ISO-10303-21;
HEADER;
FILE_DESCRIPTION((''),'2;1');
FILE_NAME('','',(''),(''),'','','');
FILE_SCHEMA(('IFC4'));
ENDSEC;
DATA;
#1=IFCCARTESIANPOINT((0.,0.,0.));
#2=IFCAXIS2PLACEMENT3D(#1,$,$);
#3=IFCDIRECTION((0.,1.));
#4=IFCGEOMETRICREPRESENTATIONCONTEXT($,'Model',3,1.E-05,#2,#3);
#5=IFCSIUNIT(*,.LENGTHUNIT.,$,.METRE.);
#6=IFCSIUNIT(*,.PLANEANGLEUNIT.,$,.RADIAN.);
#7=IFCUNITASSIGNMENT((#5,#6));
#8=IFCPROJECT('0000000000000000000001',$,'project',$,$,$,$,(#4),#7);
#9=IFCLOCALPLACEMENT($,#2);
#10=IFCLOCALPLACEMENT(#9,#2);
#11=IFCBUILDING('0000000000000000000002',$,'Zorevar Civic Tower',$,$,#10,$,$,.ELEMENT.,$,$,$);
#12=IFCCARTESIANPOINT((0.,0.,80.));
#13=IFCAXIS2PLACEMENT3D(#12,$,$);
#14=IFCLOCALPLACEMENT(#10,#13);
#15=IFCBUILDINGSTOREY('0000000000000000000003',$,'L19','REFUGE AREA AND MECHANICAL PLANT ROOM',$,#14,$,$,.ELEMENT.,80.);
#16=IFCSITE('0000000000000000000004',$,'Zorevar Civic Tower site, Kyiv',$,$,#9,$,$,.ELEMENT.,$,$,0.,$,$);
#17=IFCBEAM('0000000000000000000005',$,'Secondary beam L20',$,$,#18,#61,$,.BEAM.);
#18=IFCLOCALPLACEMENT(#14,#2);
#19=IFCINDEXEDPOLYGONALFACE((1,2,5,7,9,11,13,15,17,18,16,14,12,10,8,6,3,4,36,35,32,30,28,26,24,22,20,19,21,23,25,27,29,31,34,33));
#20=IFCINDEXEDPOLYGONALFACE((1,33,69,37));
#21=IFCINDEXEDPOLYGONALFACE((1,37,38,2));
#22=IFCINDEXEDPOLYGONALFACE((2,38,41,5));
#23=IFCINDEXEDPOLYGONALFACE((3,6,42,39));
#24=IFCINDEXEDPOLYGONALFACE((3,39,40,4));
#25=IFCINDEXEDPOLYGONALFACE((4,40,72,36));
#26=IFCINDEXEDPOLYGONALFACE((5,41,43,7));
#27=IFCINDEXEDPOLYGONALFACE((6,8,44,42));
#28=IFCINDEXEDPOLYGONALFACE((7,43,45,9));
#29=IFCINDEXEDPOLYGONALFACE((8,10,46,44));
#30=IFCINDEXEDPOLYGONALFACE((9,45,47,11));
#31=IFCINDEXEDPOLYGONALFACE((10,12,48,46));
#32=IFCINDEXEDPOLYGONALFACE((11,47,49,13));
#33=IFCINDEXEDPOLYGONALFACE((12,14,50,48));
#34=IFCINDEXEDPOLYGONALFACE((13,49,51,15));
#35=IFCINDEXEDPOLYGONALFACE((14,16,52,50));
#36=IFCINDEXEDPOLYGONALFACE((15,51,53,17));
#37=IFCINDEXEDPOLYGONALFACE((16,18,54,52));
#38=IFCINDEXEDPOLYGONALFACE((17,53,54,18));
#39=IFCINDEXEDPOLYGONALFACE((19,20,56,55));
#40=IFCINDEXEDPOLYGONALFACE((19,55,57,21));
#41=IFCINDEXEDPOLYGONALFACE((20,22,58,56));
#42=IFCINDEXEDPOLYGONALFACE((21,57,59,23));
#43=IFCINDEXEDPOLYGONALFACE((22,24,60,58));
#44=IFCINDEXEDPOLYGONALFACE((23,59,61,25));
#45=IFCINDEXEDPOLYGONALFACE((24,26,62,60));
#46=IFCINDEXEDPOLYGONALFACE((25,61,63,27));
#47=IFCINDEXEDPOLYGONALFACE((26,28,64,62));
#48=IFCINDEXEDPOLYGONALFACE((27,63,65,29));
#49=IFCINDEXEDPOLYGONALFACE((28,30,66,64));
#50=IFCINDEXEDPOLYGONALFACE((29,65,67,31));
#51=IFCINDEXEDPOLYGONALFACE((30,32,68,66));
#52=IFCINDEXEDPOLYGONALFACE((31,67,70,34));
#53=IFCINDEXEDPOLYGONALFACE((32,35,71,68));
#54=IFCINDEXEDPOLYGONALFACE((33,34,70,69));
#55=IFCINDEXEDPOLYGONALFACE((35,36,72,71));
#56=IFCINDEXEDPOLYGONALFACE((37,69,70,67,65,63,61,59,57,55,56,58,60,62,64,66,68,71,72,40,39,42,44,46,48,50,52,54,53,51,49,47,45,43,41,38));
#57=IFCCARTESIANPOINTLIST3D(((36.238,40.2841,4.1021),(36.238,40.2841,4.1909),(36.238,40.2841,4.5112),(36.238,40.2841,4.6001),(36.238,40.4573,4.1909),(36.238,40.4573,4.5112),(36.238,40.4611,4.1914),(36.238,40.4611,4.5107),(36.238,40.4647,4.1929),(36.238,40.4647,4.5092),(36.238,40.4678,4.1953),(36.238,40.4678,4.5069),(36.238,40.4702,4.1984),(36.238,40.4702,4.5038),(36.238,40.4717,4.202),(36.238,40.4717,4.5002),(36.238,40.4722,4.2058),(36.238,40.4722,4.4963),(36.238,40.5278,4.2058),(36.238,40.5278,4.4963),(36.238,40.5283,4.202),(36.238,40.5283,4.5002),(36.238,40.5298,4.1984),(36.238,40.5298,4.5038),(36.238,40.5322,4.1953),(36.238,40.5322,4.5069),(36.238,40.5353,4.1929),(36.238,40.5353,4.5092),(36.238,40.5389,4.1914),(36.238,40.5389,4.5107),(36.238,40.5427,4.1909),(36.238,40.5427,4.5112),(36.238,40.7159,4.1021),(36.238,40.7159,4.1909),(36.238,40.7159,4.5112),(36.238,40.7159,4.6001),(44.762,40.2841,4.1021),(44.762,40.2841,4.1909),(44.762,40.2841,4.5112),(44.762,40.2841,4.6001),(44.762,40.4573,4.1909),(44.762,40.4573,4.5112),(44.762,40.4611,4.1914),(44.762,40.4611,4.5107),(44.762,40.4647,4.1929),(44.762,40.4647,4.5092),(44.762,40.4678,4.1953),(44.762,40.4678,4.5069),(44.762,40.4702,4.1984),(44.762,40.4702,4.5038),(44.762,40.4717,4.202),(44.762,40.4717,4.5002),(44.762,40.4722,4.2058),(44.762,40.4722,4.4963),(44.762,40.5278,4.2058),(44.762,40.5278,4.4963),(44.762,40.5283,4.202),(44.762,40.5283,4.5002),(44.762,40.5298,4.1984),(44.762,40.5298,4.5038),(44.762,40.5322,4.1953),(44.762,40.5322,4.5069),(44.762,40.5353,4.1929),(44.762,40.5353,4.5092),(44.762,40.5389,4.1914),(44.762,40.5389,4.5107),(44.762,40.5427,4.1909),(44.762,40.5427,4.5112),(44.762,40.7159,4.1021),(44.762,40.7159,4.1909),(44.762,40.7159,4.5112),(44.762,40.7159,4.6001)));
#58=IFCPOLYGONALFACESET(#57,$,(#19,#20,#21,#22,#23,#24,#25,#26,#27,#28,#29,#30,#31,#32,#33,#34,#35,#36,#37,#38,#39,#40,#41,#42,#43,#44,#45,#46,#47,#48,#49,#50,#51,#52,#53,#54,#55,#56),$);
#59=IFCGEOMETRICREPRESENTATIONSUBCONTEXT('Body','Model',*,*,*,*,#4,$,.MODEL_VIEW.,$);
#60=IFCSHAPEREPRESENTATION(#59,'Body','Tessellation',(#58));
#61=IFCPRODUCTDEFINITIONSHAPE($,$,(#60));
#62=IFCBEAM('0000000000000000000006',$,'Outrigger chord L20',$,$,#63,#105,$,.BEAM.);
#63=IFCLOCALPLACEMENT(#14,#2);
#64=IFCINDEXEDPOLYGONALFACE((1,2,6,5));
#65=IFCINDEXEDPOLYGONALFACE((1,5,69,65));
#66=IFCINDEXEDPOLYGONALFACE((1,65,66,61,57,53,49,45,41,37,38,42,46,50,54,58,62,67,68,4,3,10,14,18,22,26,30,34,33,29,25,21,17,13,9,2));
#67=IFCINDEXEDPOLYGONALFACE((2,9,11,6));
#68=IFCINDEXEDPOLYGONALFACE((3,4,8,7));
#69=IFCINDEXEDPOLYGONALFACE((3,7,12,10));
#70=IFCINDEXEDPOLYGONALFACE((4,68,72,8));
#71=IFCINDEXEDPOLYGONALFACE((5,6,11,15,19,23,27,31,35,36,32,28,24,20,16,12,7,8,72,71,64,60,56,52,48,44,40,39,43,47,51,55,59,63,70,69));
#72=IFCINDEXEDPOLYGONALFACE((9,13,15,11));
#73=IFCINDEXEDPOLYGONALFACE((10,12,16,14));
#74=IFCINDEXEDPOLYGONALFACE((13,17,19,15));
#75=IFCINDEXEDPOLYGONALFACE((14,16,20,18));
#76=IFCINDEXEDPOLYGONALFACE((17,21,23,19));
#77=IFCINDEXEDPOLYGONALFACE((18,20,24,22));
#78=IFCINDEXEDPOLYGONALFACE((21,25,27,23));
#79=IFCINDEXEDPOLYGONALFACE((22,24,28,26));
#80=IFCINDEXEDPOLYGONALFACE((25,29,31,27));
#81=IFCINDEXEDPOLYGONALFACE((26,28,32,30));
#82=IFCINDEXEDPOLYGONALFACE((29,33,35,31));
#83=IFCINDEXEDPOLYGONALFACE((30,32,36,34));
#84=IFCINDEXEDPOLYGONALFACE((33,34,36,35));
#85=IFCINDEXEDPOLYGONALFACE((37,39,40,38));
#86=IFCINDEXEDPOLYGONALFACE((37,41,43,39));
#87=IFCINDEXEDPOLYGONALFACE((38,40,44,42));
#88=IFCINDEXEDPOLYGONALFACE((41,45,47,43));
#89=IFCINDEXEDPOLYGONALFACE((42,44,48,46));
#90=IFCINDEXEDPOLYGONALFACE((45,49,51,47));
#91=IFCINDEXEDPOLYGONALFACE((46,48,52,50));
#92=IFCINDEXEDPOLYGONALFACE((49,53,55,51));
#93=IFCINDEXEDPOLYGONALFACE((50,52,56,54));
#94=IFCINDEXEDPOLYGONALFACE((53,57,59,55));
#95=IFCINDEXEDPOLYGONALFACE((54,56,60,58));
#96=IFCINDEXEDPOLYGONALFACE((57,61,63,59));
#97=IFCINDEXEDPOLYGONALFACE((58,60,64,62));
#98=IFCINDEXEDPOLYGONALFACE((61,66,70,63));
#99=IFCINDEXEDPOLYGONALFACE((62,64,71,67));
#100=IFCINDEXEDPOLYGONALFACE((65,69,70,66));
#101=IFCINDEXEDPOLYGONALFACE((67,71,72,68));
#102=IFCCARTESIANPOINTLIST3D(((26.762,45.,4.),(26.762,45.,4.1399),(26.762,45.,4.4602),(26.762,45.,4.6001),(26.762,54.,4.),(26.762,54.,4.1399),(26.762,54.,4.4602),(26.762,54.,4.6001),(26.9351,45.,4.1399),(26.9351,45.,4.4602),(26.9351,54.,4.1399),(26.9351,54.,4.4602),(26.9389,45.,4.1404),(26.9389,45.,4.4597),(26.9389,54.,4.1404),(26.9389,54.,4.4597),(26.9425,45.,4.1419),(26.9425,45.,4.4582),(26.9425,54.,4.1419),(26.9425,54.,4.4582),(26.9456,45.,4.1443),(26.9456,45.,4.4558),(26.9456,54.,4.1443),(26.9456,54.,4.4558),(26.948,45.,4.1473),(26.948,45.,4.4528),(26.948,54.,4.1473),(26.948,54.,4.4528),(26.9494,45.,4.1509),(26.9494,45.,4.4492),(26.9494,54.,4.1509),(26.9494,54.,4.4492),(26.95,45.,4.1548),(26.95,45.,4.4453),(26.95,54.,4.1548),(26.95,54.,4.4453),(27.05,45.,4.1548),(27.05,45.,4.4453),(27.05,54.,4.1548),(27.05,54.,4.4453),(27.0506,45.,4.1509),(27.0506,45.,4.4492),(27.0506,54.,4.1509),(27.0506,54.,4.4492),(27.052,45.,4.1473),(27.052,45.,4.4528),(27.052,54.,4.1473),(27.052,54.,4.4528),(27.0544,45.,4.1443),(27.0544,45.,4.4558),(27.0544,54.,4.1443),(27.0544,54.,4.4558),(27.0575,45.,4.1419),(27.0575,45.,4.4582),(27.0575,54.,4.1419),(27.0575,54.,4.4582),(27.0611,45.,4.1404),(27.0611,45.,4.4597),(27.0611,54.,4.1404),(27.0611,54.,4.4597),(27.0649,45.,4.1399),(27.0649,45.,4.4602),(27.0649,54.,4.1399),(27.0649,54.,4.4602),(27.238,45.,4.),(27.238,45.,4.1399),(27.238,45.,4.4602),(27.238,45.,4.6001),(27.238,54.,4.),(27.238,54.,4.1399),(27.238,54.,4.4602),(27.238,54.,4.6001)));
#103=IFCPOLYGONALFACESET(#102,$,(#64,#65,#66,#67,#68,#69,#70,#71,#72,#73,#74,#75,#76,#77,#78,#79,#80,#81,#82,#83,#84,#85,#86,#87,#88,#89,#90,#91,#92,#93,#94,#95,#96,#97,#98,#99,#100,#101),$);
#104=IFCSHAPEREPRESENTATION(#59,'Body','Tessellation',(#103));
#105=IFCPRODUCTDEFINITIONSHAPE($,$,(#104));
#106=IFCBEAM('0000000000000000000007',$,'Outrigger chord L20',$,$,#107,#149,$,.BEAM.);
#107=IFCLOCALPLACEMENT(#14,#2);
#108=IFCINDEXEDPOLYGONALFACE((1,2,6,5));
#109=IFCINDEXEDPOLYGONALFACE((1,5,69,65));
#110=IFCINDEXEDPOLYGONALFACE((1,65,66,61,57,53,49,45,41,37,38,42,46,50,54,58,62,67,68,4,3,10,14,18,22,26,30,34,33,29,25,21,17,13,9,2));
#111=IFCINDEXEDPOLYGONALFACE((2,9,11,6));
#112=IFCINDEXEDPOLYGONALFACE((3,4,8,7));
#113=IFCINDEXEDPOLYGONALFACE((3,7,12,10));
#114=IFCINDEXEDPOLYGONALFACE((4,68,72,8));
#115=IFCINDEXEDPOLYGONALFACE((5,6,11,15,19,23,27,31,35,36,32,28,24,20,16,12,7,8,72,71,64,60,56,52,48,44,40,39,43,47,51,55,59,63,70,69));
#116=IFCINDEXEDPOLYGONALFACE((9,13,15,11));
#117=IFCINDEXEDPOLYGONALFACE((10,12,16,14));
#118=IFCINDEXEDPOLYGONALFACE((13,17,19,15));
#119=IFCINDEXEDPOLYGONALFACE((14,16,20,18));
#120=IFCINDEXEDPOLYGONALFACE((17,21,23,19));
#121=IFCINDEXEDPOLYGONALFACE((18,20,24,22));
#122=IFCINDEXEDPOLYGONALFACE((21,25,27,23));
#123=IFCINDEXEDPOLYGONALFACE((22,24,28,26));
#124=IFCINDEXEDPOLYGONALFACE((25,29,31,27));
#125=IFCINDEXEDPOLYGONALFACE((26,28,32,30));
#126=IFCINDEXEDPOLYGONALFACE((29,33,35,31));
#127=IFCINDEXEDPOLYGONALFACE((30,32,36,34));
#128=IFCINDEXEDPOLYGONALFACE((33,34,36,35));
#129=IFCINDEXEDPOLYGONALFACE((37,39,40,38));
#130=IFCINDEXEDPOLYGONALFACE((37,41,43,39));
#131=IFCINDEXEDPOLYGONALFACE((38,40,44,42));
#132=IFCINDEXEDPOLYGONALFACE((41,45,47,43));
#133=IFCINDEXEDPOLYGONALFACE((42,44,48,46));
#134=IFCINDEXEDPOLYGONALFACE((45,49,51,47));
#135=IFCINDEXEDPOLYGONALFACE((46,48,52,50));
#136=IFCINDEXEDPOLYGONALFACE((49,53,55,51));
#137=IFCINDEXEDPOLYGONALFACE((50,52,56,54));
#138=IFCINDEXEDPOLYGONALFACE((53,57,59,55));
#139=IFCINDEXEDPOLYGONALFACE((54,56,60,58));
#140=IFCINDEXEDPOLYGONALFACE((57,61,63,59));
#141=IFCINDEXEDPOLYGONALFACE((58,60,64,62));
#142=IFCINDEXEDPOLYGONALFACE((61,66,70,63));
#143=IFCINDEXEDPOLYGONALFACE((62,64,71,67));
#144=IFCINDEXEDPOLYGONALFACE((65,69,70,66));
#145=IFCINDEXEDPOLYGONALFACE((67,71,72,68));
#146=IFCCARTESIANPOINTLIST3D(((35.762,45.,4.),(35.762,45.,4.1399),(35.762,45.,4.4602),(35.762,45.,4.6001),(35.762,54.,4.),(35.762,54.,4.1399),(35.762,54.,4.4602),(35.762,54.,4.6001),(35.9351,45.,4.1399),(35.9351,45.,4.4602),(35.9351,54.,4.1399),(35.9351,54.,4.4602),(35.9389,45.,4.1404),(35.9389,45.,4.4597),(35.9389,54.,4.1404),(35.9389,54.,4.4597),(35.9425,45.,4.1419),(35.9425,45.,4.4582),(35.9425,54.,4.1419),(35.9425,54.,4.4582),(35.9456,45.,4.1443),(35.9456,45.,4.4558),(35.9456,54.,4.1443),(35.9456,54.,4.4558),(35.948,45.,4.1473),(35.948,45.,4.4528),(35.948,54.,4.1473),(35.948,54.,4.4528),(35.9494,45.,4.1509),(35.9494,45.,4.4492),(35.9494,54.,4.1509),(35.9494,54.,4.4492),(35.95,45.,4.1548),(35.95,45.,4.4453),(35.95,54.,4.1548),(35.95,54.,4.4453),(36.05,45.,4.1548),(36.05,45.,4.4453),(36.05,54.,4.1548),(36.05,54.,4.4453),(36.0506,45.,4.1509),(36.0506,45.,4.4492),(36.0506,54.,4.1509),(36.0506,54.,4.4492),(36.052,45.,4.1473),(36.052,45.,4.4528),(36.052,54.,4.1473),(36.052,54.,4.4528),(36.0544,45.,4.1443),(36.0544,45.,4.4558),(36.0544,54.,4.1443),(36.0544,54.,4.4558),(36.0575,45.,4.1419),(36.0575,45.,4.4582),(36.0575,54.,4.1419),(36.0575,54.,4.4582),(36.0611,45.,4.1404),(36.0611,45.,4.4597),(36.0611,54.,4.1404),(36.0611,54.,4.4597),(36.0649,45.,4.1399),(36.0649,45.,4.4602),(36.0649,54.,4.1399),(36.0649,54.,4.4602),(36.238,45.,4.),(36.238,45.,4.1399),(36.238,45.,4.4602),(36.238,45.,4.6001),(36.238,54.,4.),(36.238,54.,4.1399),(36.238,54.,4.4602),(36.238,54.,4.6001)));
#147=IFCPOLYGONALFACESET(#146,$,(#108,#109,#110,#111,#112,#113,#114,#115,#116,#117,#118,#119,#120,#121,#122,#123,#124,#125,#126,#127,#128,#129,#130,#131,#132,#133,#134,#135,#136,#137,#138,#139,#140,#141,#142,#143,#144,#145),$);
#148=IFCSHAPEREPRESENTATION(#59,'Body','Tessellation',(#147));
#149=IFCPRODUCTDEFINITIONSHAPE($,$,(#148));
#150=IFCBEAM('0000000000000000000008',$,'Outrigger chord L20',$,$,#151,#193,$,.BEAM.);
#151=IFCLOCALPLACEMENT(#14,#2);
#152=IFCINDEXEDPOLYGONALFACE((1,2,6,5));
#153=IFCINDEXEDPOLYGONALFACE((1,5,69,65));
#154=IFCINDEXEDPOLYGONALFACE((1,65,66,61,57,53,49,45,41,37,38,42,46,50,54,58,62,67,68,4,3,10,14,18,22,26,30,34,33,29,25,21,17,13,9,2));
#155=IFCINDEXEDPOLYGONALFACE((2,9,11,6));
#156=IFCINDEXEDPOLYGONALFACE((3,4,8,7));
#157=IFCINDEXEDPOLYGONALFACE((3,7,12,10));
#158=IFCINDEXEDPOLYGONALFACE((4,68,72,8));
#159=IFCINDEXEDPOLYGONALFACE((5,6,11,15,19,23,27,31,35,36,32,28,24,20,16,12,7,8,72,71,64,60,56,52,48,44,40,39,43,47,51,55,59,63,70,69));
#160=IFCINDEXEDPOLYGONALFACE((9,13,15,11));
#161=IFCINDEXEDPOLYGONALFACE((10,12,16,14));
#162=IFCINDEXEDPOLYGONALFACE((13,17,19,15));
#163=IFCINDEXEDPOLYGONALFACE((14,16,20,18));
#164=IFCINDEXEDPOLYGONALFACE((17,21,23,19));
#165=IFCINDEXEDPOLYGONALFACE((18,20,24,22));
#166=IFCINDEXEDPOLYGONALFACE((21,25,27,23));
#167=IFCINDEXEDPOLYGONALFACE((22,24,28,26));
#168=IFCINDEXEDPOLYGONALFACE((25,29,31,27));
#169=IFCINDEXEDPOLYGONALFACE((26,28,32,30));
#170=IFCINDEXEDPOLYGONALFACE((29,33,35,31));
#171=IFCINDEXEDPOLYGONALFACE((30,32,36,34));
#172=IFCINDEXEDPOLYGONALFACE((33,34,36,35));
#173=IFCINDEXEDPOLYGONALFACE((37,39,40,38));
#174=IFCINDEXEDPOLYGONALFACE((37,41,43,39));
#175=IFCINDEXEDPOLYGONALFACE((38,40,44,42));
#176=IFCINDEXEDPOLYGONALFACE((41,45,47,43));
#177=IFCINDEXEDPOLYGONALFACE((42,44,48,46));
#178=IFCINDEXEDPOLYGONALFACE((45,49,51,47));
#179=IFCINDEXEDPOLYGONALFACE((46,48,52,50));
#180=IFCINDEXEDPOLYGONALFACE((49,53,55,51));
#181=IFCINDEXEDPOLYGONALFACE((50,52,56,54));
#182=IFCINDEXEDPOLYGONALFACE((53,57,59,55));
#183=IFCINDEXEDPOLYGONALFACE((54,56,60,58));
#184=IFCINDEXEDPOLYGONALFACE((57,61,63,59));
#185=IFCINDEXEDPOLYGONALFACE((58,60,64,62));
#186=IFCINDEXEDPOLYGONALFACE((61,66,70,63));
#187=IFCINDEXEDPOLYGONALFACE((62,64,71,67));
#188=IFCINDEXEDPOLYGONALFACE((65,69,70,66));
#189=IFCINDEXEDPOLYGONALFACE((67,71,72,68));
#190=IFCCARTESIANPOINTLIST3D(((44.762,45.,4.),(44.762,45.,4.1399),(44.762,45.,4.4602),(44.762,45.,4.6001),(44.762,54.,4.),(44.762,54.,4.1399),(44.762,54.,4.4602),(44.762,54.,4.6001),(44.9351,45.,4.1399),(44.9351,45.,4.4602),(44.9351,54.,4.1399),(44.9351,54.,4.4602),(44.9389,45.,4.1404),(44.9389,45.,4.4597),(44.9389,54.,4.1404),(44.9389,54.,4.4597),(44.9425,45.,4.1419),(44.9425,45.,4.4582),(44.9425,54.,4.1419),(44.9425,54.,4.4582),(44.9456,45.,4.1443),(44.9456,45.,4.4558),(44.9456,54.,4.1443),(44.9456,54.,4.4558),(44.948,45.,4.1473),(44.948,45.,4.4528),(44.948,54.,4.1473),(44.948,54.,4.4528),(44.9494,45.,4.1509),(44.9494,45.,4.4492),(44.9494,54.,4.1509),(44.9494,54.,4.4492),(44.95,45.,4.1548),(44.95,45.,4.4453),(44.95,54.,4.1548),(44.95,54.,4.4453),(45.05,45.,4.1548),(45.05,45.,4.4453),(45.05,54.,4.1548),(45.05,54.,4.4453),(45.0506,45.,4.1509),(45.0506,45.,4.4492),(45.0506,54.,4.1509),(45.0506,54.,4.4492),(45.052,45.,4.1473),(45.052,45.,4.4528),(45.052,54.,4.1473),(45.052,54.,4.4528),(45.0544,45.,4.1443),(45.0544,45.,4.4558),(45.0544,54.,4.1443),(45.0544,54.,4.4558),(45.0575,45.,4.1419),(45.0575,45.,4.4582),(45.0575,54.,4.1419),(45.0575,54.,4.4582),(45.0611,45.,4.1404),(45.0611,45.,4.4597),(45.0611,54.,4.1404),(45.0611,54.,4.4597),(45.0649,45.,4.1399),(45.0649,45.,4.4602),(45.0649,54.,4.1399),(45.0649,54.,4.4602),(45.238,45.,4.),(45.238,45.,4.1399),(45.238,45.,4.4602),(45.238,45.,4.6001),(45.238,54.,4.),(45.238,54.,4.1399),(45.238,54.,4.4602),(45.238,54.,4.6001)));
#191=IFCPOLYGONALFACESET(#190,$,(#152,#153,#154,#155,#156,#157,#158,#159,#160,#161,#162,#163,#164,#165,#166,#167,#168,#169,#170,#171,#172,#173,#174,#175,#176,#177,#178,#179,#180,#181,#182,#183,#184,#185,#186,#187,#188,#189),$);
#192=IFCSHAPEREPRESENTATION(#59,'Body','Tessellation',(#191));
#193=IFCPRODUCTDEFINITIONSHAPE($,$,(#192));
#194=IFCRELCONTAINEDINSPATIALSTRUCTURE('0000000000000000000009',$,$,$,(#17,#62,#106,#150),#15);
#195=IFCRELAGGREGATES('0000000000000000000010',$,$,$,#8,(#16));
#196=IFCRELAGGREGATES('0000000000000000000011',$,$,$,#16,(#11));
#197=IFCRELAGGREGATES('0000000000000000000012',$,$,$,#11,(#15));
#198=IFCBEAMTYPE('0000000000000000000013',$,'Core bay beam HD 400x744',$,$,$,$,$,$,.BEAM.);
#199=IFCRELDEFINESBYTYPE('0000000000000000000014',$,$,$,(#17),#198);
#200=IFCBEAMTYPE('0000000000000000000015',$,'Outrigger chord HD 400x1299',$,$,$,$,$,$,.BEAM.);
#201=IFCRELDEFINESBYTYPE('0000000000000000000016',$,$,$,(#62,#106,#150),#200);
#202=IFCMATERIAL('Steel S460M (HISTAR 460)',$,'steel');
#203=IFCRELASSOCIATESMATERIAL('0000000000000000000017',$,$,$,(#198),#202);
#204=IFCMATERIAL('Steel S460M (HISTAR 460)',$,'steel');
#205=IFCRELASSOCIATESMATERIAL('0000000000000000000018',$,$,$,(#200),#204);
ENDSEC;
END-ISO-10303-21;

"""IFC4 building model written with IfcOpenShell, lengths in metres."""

from ifc_helpers import new_model, si_unit, direction, frame, origin, origin_2d, place, context, subcontext, project, spatial, i_section, extrude, material, material_profile, profile_set, type_object, element, save


model = new_model("IFC4")

# Units and contexts
model_context = context("Model", 3, precision=1e-05, world=origin(), true_north=direction((0.0, 1.0)))
body_context = subcontext(model_context, "Body", "Model", "MODEL_VIEW")
ifc_project = project(units=[si_unit("LENGTHUNIT", "METRE"), si_unit("PLANEANGLEUNIT", "RADIAN")], contexts=[model_context])

# Site, building, storey
site_placement = place(None, origin())
site = spatial("IfcSite", under=ifc_project, at=site_placement, Name="Zorevar Civic Tower site, Kyiv", CompositionType="ELEMENT", RefElevation=0.0)
building_placement = place(site_placement, origin())
building = spatial("IfcBuilding", under=site, at=building_placement, Name="Zorevar Civic Tower", CompositionType="ELEMENT")
storey_placement = place(building_placement, frame((0.0, 0.0, 80.0)))
storey = spatial("IfcBuildingStorey", under=building, at=storey_placement, Name="L19", Description="REFUGE AREA AND MECHANICAL PLANT ROOM", CompositionType="ELEMENT", Elevation=80.0)

# Beams
ifc_material_1 = material(Name="Steel S460M (HISTAR 460)", Category="steel")
ifc_material_profile_1 = material_profile(ifc_material_1, i_section(OverallWidth=0.4319, OverallDepth=0.498, WebThickness=0.0557, FlangeThickness=0.0889, FilletRadius=0.0149, at=origin_2d()), Name="HD 400x744")
ifc_profile_set_1 = profile_set([ifc_material_profile_1], Name="Steel S460M (HISTAR 460)")
beam_type_1 = type_object("IfcBeamType", Name="Core bay beam HD 400x744", PredefinedType="BEAM", material=ifc_profile_set_1)
for number, where, z_axis, x_axis, name in (
    (1, (36.238, 40.5, 4.3511), (1.0, 0.0, 0.0), (0.0, 1.0, 0.0), "Secondary beam L20"),
):
    element("IfcBeam", number, at=place(storey_placement, frame(where, z_axis=z_axis, x_axis=x_axis)), inside=storey, type_object=beam_type_1, Name=name, PredefinedType="BEAM", context=body_context, shape_type="SweptSolid", body=[
        extrude(i_section(OverallWidth=0.4319, OverallDepth=0.498, WebThickness=0.0557, FlangeThickness=0.0889, FilletRadius=0.0149, at=origin_2d()), origin(), (0.0, 0.0, 1.0), 8.5239),
    ])
ifc_material_2 = material(Name="Steel S460M (HISTAR 460)", Category="steel")
ifc_material_profile_2 = material_profile(ifc_material_2, i_section(OverallWidth=0.4761, OverallDepth=0.6001, WebThickness=0.1001, FlangeThickness=0.1399, FilletRadius=0.0149, at=origin_2d()), Name="HD 400x1299")
ifc_profile_set_2 = profile_set([ifc_material_profile_2], Name="Steel S460M (HISTAR 460)")
beam_type_2 = type_object("IfcBeamType", Name="Outrigger chord HD 400x1299", PredefinedType="BEAM", material=ifc_profile_set_2)
for number, where, z_axis, x_axis, name in (
    (2, (27.0, 45.0, 4.3), (0.0, 1.0, 0.0), (-1.0, 0.0, 0.0), "Outrigger chord L20"),
    (3, (36.0, 45.0, 4.3), (0.0, 1.0, 0.0), (-1.0, 0.0, 0.0), "Outrigger chord L20"),
    (4, (45.0, 45.0, 4.3), (0.0, 1.0, 0.0), (-1.0, 0.0, 0.0), "Outrigger chord L20"),
):
    element("IfcBeam", number, at=place(storey_placement, frame(where, z_axis=z_axis, x_axis=x_axis)), inside=storey, type_object=beam_type_2, Name=name, PredefinedType="BEAM", context=body_context, shape_type="SweptSolid", body=[
        extrude(i_section(OverallWidth=0.4761, OverallDepth=0.6001, WebThickness=0.1001, FlangeThickness=0.1399, FilletRadius=0.0149, at=origin_2d()), origin(), (0.0, 0.0, 1.0), 9.0),
    ])

save(model, "model.ifc")
